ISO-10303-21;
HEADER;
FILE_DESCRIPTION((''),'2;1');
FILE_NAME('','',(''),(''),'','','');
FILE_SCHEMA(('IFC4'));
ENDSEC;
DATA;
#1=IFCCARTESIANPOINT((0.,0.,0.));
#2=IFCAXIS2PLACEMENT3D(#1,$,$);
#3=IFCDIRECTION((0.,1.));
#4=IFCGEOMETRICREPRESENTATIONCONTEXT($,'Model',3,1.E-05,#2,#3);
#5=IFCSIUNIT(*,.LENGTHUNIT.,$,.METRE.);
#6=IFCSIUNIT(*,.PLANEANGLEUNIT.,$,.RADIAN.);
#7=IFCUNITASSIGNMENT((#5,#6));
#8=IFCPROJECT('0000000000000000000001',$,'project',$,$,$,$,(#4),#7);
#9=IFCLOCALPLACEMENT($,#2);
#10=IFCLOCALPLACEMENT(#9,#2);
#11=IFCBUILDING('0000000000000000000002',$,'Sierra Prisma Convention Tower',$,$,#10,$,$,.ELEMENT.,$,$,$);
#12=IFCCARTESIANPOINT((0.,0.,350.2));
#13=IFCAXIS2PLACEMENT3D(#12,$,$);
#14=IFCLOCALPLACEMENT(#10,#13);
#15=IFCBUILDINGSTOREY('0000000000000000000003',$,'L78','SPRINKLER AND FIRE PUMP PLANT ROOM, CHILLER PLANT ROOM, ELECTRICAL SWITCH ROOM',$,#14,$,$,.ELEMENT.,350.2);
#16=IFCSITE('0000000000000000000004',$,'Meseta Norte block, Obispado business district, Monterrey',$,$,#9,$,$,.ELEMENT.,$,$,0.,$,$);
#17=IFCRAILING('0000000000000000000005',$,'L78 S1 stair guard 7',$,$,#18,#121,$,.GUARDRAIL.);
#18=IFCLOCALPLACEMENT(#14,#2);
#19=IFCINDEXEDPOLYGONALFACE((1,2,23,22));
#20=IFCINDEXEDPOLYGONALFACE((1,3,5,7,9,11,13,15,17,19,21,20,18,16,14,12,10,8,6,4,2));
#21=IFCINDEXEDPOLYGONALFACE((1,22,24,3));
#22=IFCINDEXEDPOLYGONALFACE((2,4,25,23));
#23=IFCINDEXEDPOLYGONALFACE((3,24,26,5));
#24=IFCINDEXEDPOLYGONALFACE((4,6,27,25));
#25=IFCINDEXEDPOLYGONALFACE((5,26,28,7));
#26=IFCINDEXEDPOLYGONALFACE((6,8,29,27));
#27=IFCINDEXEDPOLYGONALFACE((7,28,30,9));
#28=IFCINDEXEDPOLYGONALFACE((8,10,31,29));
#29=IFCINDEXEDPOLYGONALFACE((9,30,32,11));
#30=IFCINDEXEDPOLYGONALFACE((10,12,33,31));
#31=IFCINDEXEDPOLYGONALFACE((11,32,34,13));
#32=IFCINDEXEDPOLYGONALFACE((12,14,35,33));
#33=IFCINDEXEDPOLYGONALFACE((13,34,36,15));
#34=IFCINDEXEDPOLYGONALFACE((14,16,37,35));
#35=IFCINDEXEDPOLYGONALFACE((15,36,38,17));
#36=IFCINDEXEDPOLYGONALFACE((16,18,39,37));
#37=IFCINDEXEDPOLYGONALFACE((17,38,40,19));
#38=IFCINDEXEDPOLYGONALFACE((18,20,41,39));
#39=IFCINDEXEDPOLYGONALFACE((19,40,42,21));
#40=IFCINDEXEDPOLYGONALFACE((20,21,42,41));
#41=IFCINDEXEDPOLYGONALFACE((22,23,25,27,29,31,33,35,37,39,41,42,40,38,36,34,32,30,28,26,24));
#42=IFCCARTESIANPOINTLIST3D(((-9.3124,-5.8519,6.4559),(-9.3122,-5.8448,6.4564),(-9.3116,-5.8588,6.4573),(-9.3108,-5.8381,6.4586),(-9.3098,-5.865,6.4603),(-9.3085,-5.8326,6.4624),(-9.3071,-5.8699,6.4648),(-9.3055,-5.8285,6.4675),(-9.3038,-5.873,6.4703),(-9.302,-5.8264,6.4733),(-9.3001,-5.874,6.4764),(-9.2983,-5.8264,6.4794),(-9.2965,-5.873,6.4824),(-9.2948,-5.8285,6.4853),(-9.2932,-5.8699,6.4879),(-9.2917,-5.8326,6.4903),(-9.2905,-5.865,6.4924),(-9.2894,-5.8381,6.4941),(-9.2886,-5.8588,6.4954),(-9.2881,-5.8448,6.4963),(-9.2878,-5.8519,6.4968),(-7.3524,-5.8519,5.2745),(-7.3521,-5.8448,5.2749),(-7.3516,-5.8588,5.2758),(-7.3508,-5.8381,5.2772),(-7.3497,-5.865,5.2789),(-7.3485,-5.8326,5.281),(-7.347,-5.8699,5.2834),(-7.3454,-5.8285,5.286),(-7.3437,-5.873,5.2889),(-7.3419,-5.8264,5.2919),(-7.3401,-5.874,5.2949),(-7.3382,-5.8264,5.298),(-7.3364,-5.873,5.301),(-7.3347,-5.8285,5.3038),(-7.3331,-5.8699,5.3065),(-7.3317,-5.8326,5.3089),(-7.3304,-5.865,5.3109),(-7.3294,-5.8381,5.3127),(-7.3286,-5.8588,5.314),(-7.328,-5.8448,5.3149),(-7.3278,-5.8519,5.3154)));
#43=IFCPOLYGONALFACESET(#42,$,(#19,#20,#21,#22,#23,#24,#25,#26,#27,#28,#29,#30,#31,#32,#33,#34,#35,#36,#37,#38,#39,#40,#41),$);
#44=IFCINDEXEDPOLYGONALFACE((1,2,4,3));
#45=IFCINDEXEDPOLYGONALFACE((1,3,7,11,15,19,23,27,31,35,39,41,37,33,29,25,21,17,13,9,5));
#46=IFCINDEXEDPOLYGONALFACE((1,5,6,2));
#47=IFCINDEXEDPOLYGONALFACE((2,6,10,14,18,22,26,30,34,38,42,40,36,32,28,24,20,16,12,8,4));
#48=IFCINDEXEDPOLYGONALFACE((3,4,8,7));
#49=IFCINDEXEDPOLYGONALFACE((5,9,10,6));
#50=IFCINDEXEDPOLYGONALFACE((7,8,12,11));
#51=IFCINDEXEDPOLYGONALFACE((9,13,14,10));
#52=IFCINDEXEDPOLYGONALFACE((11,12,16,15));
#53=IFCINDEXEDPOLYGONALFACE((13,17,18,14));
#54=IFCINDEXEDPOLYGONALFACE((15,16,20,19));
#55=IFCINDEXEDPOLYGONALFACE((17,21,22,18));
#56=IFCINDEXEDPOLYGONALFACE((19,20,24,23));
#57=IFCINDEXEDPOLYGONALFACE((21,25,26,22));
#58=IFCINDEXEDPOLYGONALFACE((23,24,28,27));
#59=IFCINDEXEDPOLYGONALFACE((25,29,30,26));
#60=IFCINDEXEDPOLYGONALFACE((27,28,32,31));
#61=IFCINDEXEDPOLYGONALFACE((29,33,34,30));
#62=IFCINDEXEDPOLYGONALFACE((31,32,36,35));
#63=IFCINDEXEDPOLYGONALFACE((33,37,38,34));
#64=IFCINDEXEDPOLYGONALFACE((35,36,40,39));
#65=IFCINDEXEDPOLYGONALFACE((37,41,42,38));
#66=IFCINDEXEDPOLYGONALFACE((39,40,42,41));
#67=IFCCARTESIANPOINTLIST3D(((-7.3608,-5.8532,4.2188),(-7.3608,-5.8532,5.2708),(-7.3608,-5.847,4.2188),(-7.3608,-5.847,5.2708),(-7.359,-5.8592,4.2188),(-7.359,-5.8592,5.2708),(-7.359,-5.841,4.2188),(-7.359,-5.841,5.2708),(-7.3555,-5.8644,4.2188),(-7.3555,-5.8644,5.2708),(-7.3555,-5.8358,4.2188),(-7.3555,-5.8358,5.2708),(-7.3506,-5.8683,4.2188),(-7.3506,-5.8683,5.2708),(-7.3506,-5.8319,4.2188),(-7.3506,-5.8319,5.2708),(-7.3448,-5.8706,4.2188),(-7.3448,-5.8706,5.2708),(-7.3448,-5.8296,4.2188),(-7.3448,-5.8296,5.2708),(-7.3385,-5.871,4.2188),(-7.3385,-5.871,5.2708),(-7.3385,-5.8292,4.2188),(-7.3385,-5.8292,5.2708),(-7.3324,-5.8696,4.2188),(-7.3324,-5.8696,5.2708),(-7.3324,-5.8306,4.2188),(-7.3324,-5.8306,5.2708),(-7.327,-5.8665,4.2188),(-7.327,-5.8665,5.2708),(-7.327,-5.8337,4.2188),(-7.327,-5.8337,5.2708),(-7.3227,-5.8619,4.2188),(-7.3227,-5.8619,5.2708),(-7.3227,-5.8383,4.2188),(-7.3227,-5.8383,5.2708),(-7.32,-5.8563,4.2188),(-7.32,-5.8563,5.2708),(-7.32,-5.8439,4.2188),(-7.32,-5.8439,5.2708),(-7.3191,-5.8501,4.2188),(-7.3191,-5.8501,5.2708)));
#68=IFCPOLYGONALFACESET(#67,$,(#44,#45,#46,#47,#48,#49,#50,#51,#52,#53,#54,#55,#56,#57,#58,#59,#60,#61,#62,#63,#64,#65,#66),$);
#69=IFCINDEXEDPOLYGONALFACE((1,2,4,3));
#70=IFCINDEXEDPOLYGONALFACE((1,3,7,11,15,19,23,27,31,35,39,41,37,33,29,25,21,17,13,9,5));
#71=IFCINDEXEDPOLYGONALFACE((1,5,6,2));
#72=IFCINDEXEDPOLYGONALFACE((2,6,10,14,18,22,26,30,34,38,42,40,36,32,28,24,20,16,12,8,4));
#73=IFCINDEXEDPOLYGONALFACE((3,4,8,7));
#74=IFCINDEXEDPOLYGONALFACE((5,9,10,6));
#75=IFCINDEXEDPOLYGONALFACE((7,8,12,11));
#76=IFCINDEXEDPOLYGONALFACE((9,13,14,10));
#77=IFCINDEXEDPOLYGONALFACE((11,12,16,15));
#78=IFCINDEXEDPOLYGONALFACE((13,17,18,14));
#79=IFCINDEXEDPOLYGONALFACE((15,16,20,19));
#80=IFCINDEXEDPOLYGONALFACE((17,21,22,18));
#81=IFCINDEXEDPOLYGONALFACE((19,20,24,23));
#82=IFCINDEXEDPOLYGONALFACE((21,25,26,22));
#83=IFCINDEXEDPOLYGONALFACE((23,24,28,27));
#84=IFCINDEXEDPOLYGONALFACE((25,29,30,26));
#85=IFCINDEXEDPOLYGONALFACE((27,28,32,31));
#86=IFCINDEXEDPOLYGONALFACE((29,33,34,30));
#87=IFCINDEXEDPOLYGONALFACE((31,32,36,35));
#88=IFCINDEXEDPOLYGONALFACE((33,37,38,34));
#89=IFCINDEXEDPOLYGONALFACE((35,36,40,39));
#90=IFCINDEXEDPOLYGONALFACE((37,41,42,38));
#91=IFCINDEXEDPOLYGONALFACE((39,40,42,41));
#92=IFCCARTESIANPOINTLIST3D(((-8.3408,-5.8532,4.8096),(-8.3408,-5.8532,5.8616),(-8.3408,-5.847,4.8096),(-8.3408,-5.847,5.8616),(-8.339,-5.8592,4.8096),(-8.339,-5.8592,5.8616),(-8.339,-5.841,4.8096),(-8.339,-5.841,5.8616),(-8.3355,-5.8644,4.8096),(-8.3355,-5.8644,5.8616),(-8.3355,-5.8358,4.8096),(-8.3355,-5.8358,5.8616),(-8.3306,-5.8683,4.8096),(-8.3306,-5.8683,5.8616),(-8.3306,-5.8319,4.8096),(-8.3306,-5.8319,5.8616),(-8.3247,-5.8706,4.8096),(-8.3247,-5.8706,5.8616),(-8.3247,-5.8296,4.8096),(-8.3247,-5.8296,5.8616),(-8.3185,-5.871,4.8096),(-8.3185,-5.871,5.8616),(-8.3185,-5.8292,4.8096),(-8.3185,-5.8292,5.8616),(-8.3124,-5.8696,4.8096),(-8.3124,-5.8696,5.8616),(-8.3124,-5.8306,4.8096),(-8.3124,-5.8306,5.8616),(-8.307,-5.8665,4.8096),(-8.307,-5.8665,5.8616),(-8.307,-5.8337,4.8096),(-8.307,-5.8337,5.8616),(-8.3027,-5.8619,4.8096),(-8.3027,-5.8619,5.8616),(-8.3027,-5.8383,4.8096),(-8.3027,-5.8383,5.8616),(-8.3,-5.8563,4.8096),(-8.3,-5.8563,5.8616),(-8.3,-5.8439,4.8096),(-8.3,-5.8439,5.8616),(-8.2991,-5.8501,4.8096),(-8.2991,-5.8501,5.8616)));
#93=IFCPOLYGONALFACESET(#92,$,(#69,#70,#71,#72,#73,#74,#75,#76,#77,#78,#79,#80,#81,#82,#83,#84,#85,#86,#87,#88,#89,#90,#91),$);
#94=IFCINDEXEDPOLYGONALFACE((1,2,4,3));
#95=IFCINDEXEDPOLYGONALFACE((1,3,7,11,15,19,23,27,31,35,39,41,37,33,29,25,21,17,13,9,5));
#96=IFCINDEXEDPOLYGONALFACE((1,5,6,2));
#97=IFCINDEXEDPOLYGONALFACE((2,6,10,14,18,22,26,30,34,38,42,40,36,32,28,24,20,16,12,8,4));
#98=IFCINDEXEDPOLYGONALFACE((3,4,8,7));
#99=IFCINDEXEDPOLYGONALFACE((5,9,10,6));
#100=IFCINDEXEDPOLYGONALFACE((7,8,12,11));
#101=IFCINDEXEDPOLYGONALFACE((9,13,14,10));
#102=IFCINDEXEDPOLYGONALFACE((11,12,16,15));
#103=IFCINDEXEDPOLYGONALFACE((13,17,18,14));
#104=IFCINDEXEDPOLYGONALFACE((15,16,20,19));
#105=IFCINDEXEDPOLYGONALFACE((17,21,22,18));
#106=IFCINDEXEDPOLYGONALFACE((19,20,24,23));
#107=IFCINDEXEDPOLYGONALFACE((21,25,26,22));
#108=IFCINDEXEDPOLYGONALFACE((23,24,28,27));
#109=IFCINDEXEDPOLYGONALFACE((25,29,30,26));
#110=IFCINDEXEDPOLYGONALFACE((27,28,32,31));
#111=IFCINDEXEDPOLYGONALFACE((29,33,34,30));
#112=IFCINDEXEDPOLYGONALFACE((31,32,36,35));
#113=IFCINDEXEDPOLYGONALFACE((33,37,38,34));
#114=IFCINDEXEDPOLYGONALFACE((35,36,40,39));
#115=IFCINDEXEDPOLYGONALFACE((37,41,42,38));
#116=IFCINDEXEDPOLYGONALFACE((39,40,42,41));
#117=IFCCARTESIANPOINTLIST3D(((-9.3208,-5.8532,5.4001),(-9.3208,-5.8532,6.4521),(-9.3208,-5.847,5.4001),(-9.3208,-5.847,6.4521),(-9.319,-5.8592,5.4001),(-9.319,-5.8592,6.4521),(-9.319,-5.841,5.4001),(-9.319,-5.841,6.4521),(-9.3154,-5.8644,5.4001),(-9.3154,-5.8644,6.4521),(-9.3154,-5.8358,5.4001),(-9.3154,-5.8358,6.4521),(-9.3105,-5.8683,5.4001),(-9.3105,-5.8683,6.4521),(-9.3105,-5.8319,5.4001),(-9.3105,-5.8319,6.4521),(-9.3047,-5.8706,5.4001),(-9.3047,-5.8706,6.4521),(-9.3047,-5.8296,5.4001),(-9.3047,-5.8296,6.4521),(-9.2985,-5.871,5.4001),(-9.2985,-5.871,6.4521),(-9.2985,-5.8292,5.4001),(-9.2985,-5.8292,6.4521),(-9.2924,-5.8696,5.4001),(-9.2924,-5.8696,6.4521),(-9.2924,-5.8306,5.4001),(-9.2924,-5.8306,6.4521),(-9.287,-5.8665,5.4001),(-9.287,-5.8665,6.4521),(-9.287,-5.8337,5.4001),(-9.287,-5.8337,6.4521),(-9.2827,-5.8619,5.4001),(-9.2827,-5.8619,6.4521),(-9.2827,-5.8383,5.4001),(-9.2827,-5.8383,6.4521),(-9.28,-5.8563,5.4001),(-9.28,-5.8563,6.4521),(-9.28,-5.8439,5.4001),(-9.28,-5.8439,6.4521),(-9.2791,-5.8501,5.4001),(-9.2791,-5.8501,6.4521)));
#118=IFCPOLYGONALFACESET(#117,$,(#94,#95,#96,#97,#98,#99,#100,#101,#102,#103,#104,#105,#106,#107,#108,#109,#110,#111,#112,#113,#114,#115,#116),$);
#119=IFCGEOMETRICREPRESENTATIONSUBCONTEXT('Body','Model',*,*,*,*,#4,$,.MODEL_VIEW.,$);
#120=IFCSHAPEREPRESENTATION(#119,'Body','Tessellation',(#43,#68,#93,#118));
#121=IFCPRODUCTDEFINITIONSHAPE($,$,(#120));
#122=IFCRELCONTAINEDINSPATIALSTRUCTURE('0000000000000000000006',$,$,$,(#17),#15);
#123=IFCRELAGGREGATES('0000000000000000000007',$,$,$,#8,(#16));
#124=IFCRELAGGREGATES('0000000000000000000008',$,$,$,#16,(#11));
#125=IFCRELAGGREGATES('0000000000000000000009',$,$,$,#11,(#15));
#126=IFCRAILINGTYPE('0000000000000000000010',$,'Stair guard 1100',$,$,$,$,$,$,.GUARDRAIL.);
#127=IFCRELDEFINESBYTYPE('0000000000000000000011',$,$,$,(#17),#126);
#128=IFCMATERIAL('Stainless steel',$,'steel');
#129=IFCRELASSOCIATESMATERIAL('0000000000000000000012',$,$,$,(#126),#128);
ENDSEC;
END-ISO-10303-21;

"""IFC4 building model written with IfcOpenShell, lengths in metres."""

from ifc_helpers import new_model, si_unit, direction, frame, origin, origin_2d, place, context, subcontext, project, spatial, circle, extrude, material, type_object, element, save


model = new_model("IFC4")

# Units and contexts
model_context = context("Model", 3, precision=1e-05, world=origin(), true_north=direction((0.0, 1.0)))
body_context = subcontext(model_context, "Body", "Model", "MODEL_VIEW")
ifc_project = project(units=[si_unit("LENGTHUNIT", "METRE"), si_unit("PLANEANGLEUNIT", "RADIAN")], contexts=[model_context])

# Site, building, storey
site_placement = place(None, origin())
site = spatial("IfcSite", under=ifc_project, at=site_placement, Name="Meseta Norte block, Obispado business district, Monterrey", CompositionType="ELEMENT", RefElevation=0.0)
building_placement = place(site_placement, origin())
building = spatial("IfcBuilding", under=site, at=building_placement, Name="Sierra Prisma Convention Tower", CompositionType="ELEMENT")
storey_placement = place(building_placement, frame((0.0, 0.0, 350.2)))
storey = spatial("IfcBuildingStorey", under=building, at=storey_placement, Name="L78", Description="SPRINKLER AND FIRE PUMP PLANT ROOM, CHILLER PLANT ROOM, ELECTRICAL SWITCH ROOM", CompositionType="ELEMENT", Elevation=350.2)

# Railing
ifc_material_1 = material(Name="Stainless steel", Category="steel")
railing_type_1 = type_object("IfcRailingType", Name="Stair guard 1100", PredefinedType="GUARDRAIL", material=ifc_material_1)
railing_1_placement = place(storey_placement, frame((-7.3401, -5.8501, 4.2188)))
element("IfcRailing", 1, at=railing_1_placement, inside=storey, type_object=railing_type_1, Name="L78 S1 stair guard 7", PredefinedType="GUARDRAIL", context=body_context, shape_type="SweptSolid", body=[
    extrude(circle(Radius=0.0239, at=origin_2d()), frame((0.0, 0.0, 1.0762), z_axis=(-0.856446, 0.0, 0.516236), x_axis=(0.0, -1.0, 0.0)), (0.0, 0.0, 1.0), 2.2886),
    extrude(circle(Radius=0.021, at=origin_2d()), origin(), (0.0, 0.0, 1.0), 1.052),
    extrude(circle(Radius=0.021, at=origin_2d()), frame((-0.98, 0.0, 0.5908)), (0.0, 0.0, 1.0), 1.052),
    extrude(circle(Radius=0.021, at=origin_2d()), frame((-1.96, 0.0, 1.1814)), (0.0, 0.0, 1.0), 1.052),
])

save(model, "model.ifc")
